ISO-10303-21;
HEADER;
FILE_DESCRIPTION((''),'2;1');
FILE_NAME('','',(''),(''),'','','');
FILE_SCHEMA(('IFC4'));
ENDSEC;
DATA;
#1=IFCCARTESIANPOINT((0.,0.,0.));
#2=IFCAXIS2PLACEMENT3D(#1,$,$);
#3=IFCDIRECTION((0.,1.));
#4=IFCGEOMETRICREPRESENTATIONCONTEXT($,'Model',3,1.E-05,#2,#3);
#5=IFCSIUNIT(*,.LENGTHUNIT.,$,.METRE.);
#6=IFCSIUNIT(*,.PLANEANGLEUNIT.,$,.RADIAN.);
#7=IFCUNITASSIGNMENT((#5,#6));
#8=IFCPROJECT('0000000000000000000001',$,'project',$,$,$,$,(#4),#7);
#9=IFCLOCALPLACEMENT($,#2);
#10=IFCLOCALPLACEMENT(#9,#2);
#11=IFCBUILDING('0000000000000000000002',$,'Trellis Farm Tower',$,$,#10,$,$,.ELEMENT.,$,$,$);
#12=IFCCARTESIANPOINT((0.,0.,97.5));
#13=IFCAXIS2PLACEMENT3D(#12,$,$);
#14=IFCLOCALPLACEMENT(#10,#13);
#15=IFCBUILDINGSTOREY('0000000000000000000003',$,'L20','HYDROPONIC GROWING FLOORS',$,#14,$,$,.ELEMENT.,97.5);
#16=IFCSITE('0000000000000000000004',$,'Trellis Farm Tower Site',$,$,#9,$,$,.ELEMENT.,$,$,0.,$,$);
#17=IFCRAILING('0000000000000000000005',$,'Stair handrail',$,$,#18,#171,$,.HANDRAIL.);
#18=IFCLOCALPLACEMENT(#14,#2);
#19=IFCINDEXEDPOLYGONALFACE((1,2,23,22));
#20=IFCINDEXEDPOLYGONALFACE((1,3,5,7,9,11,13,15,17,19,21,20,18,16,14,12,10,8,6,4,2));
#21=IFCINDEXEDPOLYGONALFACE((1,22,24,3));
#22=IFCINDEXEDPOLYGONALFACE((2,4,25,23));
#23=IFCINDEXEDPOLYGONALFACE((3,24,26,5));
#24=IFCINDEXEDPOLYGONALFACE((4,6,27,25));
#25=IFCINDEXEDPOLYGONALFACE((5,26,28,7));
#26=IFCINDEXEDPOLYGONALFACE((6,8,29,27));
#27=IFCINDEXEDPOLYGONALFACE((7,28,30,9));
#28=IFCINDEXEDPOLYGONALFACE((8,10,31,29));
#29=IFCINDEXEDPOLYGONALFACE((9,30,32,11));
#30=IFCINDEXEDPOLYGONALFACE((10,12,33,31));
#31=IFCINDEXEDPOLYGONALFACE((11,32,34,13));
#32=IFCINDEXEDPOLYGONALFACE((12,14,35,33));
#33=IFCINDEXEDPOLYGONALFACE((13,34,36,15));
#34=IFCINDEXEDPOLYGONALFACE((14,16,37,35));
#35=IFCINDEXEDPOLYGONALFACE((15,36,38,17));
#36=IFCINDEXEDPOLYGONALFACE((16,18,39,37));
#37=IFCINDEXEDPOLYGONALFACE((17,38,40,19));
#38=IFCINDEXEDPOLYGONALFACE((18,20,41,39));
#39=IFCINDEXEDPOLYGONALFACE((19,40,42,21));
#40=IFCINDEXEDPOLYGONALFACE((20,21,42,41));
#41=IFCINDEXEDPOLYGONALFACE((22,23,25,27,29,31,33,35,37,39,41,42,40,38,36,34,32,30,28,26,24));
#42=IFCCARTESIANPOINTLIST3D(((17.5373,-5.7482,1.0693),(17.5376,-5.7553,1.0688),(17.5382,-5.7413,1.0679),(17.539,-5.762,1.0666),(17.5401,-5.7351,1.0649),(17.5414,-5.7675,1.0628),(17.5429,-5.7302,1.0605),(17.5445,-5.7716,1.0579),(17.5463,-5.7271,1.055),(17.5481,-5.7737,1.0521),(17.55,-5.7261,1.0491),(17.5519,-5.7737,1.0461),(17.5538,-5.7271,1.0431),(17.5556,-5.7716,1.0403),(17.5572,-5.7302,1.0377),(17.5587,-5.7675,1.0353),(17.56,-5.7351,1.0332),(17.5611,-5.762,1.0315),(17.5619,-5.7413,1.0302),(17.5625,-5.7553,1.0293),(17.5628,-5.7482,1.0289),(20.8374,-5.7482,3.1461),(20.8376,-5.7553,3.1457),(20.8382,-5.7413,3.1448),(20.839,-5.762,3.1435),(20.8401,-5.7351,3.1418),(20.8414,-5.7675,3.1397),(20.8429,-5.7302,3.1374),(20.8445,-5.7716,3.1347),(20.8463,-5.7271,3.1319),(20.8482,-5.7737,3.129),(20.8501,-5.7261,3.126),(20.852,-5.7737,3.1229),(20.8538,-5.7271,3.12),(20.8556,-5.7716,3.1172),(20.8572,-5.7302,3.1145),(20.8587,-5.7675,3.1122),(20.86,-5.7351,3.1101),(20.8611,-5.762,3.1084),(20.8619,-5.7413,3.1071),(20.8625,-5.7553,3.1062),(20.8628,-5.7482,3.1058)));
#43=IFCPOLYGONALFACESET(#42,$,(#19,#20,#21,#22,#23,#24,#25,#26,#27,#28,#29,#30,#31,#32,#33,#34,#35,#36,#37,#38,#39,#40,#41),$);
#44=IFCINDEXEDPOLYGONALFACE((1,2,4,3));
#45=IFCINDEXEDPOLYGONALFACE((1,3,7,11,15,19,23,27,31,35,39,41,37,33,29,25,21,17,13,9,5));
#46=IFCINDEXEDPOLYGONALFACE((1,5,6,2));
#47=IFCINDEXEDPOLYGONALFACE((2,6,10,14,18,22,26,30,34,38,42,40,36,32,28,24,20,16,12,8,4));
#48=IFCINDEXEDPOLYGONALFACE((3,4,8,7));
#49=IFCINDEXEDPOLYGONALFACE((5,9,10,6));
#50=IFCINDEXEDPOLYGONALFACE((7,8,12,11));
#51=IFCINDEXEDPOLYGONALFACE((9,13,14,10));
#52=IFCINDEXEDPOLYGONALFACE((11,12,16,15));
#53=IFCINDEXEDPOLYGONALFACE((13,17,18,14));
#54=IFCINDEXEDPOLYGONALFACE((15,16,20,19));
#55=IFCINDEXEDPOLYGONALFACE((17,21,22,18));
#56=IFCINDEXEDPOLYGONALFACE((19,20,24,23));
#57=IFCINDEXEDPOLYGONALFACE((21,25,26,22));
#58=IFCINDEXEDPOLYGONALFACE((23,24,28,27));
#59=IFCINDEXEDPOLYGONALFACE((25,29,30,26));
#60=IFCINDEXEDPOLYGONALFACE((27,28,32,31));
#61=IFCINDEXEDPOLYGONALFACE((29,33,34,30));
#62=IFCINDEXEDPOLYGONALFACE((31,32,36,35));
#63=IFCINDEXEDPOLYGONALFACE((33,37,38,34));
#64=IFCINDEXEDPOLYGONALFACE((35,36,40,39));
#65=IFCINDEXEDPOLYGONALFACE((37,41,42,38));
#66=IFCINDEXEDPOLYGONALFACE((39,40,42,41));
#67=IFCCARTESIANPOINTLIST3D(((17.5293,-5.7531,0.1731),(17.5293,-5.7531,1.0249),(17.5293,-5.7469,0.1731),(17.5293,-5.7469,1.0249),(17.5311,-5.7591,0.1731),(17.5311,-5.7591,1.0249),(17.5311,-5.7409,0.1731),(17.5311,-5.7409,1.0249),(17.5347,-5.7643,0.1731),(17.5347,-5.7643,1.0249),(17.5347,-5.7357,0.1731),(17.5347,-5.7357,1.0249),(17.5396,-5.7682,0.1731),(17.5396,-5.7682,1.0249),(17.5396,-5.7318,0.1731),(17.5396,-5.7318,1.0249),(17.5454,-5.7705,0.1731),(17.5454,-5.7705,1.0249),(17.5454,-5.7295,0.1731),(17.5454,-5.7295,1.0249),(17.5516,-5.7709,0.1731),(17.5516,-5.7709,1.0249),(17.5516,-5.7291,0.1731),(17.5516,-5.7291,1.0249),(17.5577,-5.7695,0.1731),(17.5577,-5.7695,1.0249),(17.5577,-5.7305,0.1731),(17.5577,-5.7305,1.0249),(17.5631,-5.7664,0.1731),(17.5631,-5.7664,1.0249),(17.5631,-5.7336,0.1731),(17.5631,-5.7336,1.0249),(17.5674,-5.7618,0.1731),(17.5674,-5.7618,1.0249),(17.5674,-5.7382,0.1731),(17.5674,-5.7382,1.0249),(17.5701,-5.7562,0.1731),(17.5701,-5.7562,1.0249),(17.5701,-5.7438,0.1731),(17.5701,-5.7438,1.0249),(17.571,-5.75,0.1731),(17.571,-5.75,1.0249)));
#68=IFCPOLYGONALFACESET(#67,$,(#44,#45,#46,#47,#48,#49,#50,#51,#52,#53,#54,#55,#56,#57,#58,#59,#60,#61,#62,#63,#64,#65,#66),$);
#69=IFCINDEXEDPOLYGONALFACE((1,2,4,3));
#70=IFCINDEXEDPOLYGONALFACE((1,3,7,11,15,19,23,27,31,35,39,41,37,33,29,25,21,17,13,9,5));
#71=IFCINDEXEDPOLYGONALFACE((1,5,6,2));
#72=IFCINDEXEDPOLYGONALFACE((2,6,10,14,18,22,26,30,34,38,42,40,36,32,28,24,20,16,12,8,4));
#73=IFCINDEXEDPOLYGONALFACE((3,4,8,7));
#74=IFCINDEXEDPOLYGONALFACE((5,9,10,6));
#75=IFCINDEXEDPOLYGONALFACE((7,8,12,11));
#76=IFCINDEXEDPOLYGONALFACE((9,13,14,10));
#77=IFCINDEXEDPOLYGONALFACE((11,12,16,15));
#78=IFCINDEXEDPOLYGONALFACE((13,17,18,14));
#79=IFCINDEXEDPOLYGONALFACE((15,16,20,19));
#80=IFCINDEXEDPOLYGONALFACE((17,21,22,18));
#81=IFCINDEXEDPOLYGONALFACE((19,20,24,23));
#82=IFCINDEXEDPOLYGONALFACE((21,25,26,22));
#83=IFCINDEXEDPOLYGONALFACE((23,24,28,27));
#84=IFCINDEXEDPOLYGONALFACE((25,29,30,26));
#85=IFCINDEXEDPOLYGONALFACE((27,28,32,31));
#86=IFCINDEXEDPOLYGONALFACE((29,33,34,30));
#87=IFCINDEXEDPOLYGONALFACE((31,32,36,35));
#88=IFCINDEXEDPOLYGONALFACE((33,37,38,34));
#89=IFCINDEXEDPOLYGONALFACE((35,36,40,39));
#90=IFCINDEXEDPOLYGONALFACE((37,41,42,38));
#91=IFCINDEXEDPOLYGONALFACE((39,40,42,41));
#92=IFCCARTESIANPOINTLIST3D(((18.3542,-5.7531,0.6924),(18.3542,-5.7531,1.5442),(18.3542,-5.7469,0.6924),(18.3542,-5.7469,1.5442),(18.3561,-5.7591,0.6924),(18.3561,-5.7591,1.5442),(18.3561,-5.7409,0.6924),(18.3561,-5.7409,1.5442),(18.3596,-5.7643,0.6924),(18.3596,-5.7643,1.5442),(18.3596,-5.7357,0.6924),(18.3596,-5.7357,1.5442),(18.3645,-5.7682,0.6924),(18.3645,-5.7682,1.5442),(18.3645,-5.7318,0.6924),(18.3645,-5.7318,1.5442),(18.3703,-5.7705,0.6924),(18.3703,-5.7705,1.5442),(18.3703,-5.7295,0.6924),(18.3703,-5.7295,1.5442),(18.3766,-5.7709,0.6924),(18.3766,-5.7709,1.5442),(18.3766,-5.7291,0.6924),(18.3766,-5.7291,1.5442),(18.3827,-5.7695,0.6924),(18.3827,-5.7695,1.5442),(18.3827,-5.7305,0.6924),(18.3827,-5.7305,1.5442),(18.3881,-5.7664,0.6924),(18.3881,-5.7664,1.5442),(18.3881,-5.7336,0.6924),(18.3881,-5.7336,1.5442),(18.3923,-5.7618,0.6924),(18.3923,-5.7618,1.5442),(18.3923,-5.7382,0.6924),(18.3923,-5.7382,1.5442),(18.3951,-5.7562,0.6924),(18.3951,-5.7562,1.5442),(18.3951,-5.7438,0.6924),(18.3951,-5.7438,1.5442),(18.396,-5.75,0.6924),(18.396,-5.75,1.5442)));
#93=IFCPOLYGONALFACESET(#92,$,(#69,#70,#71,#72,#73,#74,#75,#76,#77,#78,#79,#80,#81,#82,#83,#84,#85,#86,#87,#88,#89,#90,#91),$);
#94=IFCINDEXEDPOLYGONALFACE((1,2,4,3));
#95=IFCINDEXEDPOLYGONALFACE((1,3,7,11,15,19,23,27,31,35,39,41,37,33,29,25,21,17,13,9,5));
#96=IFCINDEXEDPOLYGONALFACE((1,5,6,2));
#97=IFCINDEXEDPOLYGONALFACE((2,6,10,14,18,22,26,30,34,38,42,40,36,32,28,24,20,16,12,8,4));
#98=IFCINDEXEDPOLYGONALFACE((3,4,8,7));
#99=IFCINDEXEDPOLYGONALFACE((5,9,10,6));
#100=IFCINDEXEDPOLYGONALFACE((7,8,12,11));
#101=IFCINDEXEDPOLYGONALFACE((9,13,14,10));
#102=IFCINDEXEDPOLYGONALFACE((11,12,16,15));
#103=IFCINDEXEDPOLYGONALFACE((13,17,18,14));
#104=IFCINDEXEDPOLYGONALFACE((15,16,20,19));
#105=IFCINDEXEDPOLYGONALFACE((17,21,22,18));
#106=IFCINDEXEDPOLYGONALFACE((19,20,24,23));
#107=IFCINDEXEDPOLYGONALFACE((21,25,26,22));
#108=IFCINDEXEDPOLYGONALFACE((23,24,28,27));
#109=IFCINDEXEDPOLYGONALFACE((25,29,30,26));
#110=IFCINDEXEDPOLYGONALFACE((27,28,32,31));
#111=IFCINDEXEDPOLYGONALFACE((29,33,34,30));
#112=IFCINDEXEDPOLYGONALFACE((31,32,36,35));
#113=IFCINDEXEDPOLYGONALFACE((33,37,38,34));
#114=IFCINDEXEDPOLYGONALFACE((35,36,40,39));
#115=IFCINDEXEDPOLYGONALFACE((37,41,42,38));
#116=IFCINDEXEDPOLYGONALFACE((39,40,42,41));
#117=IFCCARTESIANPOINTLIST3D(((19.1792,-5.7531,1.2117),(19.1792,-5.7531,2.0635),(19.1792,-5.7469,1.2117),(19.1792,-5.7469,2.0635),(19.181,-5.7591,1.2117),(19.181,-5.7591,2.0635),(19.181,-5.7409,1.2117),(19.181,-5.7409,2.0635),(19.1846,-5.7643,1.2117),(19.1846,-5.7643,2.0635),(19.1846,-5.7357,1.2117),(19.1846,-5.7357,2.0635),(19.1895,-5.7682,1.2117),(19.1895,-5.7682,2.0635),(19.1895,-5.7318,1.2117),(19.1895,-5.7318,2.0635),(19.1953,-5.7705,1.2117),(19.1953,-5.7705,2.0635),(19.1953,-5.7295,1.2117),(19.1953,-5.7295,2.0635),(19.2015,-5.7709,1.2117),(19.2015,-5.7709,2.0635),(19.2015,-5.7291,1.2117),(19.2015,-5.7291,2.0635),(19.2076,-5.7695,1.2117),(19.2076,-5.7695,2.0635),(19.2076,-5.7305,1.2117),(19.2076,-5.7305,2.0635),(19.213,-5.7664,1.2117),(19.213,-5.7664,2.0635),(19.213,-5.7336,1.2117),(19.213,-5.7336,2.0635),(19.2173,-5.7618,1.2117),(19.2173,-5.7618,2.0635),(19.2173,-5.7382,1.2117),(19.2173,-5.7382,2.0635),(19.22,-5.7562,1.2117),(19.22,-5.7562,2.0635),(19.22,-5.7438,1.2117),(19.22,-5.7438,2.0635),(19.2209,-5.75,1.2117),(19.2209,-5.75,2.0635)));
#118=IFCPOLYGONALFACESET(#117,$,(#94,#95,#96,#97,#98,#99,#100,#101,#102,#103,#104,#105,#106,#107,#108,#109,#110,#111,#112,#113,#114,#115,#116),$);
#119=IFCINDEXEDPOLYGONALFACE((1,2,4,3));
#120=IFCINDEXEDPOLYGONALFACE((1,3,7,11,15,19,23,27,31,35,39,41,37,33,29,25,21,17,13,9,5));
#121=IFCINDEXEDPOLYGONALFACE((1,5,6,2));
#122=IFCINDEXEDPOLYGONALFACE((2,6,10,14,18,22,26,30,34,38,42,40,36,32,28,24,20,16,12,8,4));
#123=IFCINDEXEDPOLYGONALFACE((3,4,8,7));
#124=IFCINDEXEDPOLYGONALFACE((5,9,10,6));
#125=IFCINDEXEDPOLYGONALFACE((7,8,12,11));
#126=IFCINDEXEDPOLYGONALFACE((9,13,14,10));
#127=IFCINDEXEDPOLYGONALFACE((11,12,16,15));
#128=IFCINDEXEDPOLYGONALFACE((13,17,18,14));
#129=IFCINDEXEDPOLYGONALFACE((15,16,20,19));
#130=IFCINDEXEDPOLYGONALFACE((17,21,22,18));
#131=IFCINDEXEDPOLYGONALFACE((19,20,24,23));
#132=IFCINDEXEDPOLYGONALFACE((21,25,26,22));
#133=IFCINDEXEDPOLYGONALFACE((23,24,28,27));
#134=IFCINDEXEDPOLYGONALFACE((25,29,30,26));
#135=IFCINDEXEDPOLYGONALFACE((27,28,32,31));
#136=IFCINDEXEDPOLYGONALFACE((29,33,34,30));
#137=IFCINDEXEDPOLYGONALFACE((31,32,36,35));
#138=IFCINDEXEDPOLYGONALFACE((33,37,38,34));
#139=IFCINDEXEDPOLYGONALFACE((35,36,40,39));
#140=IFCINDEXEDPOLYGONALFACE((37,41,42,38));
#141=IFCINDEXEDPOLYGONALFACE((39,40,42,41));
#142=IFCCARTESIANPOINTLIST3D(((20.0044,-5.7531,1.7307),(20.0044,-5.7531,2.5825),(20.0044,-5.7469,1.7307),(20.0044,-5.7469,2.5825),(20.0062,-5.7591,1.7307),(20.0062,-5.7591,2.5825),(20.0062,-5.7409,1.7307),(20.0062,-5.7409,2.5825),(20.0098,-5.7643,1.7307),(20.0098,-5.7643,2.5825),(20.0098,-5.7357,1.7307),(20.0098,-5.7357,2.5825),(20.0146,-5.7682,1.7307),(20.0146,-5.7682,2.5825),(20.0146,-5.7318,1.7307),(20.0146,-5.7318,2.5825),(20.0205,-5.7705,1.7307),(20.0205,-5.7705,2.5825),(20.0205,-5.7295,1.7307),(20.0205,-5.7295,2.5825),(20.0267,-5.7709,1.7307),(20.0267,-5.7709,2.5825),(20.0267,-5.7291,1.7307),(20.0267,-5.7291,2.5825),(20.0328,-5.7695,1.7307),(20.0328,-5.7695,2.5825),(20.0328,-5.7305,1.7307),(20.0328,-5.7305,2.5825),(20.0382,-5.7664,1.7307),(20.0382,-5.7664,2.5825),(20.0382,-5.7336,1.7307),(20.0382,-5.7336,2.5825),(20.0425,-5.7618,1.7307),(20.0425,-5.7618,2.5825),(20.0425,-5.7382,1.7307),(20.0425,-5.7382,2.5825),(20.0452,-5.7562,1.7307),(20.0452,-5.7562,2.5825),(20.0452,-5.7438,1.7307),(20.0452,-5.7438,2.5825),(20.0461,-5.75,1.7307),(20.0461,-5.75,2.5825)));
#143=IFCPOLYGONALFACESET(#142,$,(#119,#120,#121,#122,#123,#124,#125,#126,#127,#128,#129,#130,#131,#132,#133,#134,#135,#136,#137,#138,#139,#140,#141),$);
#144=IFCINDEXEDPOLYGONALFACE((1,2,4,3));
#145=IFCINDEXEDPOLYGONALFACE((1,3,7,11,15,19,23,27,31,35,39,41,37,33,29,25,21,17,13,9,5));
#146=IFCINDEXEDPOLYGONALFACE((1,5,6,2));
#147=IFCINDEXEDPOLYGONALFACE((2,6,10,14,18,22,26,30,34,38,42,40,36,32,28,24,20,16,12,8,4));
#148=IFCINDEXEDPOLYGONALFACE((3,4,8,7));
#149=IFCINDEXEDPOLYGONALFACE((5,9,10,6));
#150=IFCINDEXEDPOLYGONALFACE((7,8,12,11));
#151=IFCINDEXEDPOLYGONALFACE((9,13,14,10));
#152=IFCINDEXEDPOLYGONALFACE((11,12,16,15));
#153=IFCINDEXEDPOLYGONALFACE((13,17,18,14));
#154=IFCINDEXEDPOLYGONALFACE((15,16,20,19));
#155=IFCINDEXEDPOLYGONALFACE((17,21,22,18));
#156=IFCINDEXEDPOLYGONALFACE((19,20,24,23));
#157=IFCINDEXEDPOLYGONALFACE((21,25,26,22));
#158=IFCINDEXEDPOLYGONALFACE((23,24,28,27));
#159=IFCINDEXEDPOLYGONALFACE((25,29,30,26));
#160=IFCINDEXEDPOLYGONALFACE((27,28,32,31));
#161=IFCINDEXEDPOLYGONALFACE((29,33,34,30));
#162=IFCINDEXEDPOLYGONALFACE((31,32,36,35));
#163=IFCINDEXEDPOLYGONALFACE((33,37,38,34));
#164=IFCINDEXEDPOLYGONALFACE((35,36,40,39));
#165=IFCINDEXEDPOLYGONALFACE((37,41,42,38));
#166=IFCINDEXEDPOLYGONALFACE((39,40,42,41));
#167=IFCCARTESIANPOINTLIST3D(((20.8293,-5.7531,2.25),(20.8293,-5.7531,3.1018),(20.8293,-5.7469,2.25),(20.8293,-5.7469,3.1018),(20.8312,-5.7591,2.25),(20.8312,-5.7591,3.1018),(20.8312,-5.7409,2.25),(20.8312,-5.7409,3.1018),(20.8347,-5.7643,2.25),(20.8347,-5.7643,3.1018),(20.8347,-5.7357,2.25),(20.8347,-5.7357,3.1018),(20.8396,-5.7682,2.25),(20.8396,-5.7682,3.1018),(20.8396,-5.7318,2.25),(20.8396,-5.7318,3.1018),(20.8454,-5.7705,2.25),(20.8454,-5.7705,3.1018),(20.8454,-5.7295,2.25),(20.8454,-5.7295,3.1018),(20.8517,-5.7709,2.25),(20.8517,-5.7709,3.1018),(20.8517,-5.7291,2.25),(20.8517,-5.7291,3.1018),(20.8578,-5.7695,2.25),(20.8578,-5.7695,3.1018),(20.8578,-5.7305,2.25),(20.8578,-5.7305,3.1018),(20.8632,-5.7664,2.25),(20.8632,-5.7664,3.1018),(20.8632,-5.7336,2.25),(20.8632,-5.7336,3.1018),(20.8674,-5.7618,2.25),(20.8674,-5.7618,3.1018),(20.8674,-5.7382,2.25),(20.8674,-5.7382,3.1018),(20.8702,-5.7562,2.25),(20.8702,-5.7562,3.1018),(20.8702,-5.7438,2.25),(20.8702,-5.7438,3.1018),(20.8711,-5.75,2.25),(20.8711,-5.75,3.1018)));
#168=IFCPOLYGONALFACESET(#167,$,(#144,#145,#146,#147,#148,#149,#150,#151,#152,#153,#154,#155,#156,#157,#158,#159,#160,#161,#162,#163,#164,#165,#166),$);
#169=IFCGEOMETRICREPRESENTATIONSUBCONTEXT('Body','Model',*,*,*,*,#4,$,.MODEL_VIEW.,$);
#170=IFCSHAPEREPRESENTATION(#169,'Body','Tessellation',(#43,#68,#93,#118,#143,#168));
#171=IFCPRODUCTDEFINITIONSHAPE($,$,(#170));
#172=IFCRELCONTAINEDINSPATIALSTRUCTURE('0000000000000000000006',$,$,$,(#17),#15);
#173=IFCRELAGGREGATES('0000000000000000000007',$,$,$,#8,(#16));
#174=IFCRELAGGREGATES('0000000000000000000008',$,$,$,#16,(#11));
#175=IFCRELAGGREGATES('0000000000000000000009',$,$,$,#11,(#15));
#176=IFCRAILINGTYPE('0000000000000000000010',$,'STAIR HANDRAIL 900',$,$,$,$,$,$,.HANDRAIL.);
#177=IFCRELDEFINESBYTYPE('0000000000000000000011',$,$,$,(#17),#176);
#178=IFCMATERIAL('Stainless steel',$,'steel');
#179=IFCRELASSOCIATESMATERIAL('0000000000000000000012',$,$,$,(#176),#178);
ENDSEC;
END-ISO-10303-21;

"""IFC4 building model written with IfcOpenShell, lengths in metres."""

from ifc_helpers import new_model, si_unit, direction, frame, origin, origin_2d, place, context, subcontext, project, spatial, circle, extrude, source, transform, mapped, material, type_object, element, save


model = new_model("IFC4")

# Units and contexts
model_context = context("Model", 3, precision=1e-05, world=origin(), true_north=direction((0.0, 1.0)))
body_context = subcontext(model_context, "Body", "Model", "MODEL_VIEW")
ifc_project = project(units=[si_unit("LENGTHUNIT", "METRE"), si_unit("PLANEANGLEUNIT", "RADIAN")], contexts=[model_context])

# Site, building, storey
site_placement = place(None, origin())
site = spatial("IfcSite", under=ifc_project, at=site_placement, Name="Trellis Farm Tower Site", CompositionType="ELEMENT", RefElevation=0.0)
building_placement = place(site_placement, origin())
building = spatial("IfcBuilding", under=site, at=building_placement, Name="Trellis Farm Tower", CompositionType="ELEMENT")
storey_placement = place(building_placement, frame((0.0, 0.0, 97.5)))
storey = spatial("IfcBuildingStorey", under=building, at=storey_placement, Name="L20", Description="HYDROPONIC GROWING FLOORS", CompositionType="ELEMENT", Elevation=97.5)

# Railing
ifc_material_1 = material(Name="Stainless steel", Category="steel")
railing_type_1 = type_object("IfcRailingType", Name="STAIR HANDRAIL 900", PredefinedType="HANDRAIL", material=ifc_material_1)
shared_shape_1 = source(origin(), body_context, "Body", "SweptSolid", [
    extrude(circle(Radius=0.0239, at=origin_2d()), frame((0.0, 0.0, 0.876), z_axis=(0.846337, 0.0, 0.532647), x_axis=(0.0, 1.0, 0.0)), (0.0, 0.0, 1.0), 3.8992),
    extrude(circle(Radius=0.021, at=origin_2d()), origin(), (0.0, 0.0, 1.0), 0.8518),
    extrude(circle(Radius=0.021, at=origin_2d()), frame((0.825, 0.0, 0.5193)), (0.0, 0.0, 1.0), 0.8518),
    extrude(circle(Radius=0.021, at=origin_2d()), frame((1.6499, 0.0, 1.0386)), (0.0, 0.0, 1.0), 0.8518),
    extrude(circle(Radius=0.021, at=origin_2d()), frame((2.4751, 0.0, 1.5576)), (0.0, 0.0, 1.0), 0.8518),
    extrude(circle(Radius=0.021, at=origin_2d()), frame((3.3, 0.0, 2.0769)), (0.0, 0.0, 1.0), 0.8518),
])
railing_1_placement = place(storey_placement, frame((17.55, -5.75, 0.1731)))
element("IfcRailing", 1, at=railing_1_placement, inside=storey, type_object=railing_type_1, Name="Stair handrail", PredefinedType="HANDRAIL", context=body_context, shape_type="MappedRepresentation", body=[
    mapped(shared_shape_1, transform((0.0, 0.0, 0.0))),
])

save(model, "model.ifc")
